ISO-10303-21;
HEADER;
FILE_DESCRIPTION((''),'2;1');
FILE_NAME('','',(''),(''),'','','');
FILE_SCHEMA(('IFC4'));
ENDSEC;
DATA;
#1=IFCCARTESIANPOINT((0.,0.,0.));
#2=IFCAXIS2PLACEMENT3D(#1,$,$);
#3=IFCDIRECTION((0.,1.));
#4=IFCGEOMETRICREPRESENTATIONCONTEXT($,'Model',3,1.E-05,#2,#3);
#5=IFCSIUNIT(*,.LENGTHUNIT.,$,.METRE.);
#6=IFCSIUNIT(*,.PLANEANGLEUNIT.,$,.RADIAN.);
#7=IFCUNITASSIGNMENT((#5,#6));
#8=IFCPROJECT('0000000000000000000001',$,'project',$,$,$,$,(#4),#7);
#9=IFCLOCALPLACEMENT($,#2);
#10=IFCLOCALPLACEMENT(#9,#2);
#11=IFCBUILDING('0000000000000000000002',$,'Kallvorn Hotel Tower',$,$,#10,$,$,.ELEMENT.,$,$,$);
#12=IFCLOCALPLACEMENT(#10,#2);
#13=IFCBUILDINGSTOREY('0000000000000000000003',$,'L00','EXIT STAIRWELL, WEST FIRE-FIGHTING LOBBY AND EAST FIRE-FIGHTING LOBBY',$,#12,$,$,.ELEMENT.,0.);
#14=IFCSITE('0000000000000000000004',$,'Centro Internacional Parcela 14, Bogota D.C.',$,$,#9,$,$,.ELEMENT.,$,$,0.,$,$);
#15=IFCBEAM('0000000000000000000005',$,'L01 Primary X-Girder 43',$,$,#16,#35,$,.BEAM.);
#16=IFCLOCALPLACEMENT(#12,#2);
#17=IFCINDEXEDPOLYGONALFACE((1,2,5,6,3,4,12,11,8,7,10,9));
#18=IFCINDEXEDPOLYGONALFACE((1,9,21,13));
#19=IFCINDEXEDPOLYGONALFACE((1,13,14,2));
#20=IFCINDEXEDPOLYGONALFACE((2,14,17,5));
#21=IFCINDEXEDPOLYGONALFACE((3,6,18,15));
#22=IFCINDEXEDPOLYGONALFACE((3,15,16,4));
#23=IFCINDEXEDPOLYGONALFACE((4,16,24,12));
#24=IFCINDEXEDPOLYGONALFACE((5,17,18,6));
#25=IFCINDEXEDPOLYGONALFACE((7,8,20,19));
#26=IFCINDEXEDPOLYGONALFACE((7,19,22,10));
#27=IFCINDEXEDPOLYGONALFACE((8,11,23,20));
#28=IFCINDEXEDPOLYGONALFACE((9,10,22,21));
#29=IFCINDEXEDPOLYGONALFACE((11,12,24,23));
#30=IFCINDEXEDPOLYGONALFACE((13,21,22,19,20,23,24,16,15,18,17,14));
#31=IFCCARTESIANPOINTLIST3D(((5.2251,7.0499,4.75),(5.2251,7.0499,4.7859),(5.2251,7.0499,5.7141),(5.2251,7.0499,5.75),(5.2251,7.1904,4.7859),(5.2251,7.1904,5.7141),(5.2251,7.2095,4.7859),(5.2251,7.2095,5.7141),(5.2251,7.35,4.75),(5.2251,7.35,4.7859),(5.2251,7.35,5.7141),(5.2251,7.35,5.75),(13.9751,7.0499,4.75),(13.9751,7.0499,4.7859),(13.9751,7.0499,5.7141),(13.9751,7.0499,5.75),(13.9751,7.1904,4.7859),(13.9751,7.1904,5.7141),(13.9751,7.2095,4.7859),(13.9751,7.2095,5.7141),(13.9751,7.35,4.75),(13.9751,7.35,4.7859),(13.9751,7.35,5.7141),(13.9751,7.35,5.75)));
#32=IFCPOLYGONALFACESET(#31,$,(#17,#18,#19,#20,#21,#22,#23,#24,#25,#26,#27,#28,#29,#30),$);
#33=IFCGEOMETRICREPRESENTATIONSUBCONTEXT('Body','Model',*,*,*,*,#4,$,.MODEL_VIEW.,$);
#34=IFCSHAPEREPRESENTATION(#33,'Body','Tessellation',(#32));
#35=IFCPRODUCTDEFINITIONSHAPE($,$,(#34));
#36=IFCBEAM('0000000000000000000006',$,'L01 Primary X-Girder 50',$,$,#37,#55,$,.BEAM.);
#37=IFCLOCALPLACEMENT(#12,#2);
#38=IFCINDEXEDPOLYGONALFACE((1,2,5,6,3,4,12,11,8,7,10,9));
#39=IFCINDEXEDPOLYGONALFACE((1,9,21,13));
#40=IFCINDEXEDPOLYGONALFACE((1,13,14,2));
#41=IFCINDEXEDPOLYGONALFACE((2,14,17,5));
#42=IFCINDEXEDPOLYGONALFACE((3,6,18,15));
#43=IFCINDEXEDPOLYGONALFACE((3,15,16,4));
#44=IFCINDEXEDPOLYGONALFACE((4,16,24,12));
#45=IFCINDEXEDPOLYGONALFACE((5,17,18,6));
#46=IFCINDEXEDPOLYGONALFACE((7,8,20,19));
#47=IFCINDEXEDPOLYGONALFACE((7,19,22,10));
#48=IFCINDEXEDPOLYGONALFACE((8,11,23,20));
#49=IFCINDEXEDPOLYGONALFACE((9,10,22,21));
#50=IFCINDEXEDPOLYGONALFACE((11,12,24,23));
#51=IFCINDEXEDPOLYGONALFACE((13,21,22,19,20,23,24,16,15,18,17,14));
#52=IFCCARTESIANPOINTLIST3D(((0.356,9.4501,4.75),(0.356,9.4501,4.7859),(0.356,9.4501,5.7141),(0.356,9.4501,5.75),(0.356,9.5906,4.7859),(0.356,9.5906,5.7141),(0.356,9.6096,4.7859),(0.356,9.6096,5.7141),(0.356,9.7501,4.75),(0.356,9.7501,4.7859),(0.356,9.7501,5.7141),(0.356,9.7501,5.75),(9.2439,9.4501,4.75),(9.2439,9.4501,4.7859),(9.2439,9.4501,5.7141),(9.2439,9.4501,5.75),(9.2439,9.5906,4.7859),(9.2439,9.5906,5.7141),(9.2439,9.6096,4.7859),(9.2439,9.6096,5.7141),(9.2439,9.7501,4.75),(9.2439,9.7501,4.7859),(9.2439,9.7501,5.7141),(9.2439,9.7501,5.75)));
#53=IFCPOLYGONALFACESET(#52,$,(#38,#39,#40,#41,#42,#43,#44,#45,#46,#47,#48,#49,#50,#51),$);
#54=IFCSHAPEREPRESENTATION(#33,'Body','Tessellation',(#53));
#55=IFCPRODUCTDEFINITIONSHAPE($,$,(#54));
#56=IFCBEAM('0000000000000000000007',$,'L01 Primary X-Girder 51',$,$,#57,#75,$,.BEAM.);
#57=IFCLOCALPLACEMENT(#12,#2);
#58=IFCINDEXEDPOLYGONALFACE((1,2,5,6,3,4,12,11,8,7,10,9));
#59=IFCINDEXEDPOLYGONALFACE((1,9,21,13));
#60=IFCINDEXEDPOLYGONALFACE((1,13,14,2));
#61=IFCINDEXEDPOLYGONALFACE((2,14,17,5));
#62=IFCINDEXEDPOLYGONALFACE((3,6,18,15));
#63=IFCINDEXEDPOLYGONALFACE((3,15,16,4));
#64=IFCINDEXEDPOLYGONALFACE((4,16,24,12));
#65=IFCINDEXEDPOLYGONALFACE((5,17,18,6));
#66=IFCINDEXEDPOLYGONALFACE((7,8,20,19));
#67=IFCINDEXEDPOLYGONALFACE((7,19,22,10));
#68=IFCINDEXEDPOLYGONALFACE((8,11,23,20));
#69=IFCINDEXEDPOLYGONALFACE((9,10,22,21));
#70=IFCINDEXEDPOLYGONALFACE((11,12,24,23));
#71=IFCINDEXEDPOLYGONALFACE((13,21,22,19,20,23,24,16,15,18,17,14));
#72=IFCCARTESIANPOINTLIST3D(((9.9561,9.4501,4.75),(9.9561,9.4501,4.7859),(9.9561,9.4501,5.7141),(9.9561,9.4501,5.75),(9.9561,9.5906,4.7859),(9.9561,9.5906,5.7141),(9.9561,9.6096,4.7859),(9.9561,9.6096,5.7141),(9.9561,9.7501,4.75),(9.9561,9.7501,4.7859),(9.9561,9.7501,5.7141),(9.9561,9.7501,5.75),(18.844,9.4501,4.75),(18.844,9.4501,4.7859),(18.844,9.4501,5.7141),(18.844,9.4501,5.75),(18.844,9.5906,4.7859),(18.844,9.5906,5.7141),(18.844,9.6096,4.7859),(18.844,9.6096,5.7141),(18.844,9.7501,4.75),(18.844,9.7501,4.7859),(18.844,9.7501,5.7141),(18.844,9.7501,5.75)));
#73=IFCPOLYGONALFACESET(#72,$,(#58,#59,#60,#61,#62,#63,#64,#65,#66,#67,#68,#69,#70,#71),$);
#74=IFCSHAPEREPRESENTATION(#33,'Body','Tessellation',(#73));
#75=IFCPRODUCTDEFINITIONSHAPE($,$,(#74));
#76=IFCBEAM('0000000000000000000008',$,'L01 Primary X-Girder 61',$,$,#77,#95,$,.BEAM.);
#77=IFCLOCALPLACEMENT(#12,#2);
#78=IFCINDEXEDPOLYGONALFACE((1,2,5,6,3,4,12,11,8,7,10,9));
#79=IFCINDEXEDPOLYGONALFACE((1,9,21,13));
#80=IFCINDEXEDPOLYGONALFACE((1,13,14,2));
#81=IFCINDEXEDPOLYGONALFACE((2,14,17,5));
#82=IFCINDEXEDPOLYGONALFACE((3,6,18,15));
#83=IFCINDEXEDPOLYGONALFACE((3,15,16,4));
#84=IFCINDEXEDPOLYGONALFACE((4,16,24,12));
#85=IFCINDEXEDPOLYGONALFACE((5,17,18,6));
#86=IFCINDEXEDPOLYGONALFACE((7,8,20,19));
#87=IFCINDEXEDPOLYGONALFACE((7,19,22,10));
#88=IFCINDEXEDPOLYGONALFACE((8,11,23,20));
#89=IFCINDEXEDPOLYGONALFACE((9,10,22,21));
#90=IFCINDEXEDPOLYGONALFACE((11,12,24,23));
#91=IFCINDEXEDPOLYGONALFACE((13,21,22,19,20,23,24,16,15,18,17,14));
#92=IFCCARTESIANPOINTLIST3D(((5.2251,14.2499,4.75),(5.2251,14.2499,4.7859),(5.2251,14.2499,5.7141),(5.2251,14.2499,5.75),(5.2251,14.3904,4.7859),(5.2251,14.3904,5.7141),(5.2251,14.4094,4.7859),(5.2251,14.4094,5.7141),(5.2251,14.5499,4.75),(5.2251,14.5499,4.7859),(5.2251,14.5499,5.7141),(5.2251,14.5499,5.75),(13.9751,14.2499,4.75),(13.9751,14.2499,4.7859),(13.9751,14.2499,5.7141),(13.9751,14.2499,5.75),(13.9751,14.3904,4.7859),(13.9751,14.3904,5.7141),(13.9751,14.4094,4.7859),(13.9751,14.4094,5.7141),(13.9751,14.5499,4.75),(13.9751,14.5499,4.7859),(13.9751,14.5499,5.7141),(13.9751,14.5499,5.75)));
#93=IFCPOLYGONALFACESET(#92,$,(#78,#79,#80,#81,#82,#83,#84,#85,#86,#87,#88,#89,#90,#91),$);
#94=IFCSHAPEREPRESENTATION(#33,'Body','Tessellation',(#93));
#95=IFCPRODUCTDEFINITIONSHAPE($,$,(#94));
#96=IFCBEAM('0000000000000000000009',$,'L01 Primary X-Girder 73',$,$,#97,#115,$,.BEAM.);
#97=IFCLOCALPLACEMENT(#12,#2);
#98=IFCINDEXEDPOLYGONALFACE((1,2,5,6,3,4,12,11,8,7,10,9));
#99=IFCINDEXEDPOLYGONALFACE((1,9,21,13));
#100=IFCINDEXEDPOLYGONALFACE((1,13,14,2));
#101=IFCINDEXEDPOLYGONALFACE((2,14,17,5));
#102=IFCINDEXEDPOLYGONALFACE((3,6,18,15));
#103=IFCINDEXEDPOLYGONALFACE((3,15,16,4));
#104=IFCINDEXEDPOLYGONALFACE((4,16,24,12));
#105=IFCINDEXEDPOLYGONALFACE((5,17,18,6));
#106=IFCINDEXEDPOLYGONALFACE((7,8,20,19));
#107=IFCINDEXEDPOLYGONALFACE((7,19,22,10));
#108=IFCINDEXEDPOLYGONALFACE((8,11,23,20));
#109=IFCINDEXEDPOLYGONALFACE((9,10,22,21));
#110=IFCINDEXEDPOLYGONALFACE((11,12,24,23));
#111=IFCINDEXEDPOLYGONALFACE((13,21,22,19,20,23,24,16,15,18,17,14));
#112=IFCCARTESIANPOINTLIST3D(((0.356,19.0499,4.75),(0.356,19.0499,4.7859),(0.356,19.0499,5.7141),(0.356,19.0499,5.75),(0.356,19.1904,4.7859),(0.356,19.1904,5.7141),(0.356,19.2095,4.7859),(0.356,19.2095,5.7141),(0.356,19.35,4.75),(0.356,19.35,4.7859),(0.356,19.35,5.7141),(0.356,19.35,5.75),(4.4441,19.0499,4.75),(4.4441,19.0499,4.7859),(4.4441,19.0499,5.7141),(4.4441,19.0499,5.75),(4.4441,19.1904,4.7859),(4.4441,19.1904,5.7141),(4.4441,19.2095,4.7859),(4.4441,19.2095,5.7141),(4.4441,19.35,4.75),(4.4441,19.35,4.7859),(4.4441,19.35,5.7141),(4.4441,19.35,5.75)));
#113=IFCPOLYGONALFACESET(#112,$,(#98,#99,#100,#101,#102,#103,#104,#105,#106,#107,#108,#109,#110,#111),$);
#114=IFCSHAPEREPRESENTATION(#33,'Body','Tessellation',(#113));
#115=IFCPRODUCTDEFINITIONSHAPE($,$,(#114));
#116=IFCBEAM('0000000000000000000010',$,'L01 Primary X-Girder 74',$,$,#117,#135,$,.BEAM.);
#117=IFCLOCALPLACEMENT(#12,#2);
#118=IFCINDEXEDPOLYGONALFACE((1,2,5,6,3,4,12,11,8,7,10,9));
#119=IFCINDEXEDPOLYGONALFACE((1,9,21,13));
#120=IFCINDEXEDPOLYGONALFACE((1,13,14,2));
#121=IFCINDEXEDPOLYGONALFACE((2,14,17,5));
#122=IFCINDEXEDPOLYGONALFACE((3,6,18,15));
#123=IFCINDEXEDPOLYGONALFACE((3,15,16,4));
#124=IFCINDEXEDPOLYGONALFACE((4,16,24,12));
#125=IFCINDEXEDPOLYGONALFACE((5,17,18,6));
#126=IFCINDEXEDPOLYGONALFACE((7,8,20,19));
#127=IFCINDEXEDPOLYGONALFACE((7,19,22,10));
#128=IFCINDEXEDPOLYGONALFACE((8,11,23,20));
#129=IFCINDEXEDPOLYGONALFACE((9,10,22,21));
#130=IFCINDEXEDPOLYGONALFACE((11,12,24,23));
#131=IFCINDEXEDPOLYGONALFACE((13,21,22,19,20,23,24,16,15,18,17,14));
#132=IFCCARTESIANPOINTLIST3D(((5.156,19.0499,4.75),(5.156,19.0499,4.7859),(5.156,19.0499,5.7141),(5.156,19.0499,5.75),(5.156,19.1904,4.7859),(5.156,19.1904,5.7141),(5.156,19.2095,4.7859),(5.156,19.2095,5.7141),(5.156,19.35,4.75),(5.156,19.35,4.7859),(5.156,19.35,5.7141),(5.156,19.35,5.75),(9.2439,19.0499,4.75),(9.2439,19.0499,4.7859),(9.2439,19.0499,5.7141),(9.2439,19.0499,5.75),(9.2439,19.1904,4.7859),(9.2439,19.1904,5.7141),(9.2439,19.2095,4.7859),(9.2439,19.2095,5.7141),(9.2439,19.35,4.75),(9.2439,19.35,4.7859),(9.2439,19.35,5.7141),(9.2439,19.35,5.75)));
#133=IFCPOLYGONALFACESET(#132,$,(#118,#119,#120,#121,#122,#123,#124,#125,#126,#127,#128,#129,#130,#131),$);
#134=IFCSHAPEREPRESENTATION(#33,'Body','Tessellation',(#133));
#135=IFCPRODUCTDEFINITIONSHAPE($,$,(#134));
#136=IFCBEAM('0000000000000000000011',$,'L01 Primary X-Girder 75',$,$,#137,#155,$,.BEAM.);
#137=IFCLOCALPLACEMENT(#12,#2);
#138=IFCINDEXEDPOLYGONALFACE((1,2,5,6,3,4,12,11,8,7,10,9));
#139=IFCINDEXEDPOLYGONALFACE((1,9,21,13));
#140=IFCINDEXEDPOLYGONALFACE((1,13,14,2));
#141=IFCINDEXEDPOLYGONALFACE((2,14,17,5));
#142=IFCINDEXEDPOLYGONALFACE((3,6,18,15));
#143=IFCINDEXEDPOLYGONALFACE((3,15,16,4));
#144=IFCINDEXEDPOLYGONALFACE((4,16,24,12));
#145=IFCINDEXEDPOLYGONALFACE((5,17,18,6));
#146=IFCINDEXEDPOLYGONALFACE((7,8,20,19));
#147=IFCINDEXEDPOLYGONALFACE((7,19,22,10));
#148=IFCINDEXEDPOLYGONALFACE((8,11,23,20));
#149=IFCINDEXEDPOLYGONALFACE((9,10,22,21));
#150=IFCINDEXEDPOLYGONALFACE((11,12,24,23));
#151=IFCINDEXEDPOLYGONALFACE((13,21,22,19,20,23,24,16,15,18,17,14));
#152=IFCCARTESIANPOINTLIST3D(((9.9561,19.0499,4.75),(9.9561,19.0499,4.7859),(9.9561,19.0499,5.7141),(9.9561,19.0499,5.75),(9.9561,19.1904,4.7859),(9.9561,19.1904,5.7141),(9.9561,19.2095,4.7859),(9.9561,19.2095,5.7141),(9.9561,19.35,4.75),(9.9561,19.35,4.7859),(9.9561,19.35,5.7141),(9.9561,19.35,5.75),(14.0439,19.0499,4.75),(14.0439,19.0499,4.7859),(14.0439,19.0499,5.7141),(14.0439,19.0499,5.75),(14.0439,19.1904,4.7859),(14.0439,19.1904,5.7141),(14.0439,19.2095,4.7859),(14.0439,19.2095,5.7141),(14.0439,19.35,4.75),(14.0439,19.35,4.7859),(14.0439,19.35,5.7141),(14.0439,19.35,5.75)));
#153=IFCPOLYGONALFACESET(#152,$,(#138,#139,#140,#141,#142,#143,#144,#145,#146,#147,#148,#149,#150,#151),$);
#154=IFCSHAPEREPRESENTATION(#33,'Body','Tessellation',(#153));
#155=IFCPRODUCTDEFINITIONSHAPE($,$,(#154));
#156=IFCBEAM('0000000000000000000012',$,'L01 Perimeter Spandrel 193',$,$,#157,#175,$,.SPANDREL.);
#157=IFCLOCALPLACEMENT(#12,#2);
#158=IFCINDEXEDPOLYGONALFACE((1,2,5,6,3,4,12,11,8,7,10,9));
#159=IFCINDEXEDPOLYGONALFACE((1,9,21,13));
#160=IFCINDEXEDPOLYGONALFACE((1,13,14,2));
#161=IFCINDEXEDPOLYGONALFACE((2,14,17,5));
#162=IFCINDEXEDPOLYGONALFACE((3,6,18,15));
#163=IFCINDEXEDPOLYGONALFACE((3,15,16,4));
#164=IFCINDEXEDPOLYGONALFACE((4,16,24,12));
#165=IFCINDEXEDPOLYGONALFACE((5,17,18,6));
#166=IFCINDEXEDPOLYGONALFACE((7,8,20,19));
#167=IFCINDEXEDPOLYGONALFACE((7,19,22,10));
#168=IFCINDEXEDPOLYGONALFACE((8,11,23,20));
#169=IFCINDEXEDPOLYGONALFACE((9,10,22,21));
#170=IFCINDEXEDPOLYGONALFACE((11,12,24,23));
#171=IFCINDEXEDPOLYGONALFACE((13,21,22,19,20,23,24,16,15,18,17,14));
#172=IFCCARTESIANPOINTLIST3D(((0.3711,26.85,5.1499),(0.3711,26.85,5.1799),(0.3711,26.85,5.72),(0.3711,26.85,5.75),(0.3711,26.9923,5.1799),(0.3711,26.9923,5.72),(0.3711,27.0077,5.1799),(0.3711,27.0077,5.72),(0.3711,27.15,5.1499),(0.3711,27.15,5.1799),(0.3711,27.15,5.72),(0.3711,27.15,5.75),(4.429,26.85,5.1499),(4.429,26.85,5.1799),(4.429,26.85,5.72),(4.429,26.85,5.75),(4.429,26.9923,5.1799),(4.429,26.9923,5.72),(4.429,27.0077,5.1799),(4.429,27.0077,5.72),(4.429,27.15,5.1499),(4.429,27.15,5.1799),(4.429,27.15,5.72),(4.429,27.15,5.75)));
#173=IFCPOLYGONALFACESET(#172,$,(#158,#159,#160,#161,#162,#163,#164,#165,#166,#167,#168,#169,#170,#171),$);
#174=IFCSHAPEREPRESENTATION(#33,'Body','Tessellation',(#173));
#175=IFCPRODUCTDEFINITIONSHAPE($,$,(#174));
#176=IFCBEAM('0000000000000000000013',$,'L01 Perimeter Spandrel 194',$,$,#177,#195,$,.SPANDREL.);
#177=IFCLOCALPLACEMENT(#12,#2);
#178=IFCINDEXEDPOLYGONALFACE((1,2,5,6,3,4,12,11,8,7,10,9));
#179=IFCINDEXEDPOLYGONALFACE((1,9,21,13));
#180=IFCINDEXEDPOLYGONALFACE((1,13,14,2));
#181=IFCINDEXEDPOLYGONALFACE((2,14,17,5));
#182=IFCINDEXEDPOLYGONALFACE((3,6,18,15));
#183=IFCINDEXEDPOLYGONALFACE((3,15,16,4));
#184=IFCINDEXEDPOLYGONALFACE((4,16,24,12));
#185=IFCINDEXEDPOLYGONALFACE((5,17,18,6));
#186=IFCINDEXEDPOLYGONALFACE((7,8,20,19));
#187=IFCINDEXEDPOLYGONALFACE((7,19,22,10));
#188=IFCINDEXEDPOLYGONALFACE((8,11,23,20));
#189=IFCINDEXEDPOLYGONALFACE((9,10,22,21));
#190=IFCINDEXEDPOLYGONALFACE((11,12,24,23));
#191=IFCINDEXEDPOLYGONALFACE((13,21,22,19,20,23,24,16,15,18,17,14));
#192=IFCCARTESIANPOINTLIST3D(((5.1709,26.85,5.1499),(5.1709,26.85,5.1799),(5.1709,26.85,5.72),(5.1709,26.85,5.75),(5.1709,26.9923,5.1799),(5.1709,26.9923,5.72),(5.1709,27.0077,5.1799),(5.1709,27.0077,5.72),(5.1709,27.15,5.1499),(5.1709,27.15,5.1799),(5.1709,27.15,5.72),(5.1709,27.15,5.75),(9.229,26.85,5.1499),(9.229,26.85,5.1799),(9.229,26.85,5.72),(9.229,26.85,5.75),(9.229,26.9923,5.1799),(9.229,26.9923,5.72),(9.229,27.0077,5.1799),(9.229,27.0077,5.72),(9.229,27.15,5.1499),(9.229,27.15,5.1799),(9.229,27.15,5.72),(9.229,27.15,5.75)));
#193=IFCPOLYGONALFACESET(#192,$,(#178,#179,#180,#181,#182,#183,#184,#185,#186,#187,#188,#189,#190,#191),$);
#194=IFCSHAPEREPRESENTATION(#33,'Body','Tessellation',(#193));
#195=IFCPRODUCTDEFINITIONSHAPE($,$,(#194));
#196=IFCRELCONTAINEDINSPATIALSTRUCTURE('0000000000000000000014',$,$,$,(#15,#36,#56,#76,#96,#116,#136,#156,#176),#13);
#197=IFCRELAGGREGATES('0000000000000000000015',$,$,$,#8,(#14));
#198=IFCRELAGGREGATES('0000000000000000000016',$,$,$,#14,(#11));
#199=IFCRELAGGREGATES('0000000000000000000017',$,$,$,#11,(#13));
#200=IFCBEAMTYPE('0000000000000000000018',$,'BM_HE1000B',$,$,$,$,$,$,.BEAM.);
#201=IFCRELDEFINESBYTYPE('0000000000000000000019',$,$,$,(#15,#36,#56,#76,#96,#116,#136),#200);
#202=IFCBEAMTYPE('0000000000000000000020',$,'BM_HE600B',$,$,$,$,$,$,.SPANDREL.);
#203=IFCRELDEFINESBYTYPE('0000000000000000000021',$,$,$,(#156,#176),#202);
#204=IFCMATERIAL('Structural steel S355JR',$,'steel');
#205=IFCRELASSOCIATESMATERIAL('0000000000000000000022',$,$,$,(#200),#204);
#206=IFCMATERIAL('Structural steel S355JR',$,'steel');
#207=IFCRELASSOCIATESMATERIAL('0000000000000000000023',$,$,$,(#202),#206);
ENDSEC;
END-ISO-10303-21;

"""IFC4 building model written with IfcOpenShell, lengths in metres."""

from ifc_helpers import new_model, si_unit, direction, frame, origin, origin_2d, place, context, subcontext, project, spatial, i_section, extrude, material, material_profile, profile_set, type_object, element, save


model = new_model("IFC4")

# Units and contexts
model_context = context("Model", 3, precision=1e-05, world=origin(), true_north=direction((0.0, 1.0)))
body_context = subcontext(model_context, "Body", "Model", "MODEL_VIEW")
ifc_project = project(units=[si_unit("LENGTHUNIT", "METRE"), si_unit("PLANEANGLEUNIT", "RADIAN")], contexts=[model_context])

# Site, building, storey
site_placement = place(None, origin())
site = spatial("IfcSite", under=ifc_project, at=site_placement, Name="Centro Internacional Parcela 14, Bogota D.C.", CompositionType="ELEMENT", RefElevation=0.0)
building_placement = place(site_placement, origin())
building = spatial("IfcBuilding", under=site, at=building_placement, Name="Kallvorn Hotel Tower", CompositionType="ELEMENT")
storey_placement = place(building_placement, origin())
storey = spatial("IfcBuildingStorey", under=building, at=storey_placement, Name="L00", Description="EXIT STAIRWELL, WEST FIRE-FIGHTING LOBBY AND EAST FIRE-FIGHTING LOBBY", CompositionType="ELEMENT", Elevation=0.0)

# Beams
ifc_material_1 = material(Name="Structural steel S355JR", Category="steel")
ifc_material_profile_1 = material_profile(ifc_material_1, i_section(OverallWidth=0.3, OverallDepth=1.0, WebThickness=0.019, FlangeThickness=0.0359, at=origin_2d()), Name="HE 1000 B")
ifc_profile_set_1 = profile_set([ifc_material_profile_1], Name="Structural steel S355JR")
beam_type_1 = type_object("IfcBeamType", Name="BM_HE1000B", PredefinedType="BEAM", material=ifc_profile_set_1)
beam_1_placement = place(storey_placement, frame((5.2251, 7.2, 5.25), z_axis=(1.0, 0.0, 0.0), x_axis=(0.0, 1.0, 0.0)))
element("IfcBeam", 1, at=beam_1_placement, inside=storey, type_object=beam_type_1, Name="L01 Primary X-Girder 43", PredefinedType="BEAM", context=body_context, shape_type="SweptSolid", body=[
    extrude(i_section(OverallWidth=0.3, OverallDepth=1.0, WebThickness=0.019, FlangeThickness=0.0359, at=origin_2d()), origin(), (0.0, 0.0, 1.0), 8.75),
])
for number, where, z_axis, x_axis, name in (
    (2, (0.356, 9.6001, 5.25), (1.0, 0.0, 0.0), (0.0, 1.0, 0.0), "L01 Primary X-Girder 50"),
    (3, (9.9561, 9.6001, 5.25), (1.0, 0.0, 0.0), (0.0, 1.0, 0.0), "L01 Primary X-Girder 51"),
):
    element("IfcBeam", number, at=place(storey_placement, frame(where, z_axis=z_axis, x_axis=x_axis)), inside=storey, type_object=beam_type_1, Name=name, PredefinedType="BEAM", context=body_context, shape_type="SweptSolid", body=[
        extrude(i_section(OverallWidth=0.3, OverallDepth=1.0, WebThickness=0.019, FlangeThickness=0.0359, at=origin_2d()), origin(), (0.0, 0.0, 1.0), 8.8879),
    ])
beam_2_placement = place(storey_placement, frame((5.2251, 14.3999, 5.25), z_axis=(1.0, 0.0, 0.0), x_axis=(0.0, 1.0, 0.0)))
element("IfcBeam", 4, at=beam_2_placement, inside=storey, type_object=beam_type_1, Name="L01 Primary X-Girder 61", PredefinedType="BEAM", context=body_context, shape_type="SweptSolid", body=[
    extrude(i_section(OverallWidth=0.3, OverallDepth=1.0, WebThickness=0.019, FlangeThickness=0.0359, at=origin_2d()), origin(), (0.0, 0.0, 1.0), 8.75),
])
beam_3_placement = place(storey_placement, frame((0.356, 19.2, 5.25), z_axis=(1.0, 0.0, 0.0), x_axis=(0.0, 1.0, 0.0)))
element("IfcBeam", 5, at=beam_3_placement, inside=storey, type_object=beam_type_1, Name="L01 Primary X-Girder 73", PredefinedType="BEAM", context=body_context, shape_type="SweptSolid", body=[
    extrude(i_section(OverallWidth=0.3, OverallDepth=1.0, WebThickness=0.019, FlangeThickness=0.0359, at=origin_2d()), origin(), (0.0, 0.0, 1.0), 4.0881),
])
for number, where, z_axis, x_axis, name in (
    (6, (5.156, 19.2, 5.25), (1.0, 0.0, 0.0), (0.0, 1.0, 0.0), "L01 Primary X-Girder 74"),
    (7, (9.9561, 19.2, 5.25), (1.0, 0.0, 0.0), (0.0, 1.0, 0.0), "L01 Primary X-Girder 75"),
):
    element("IfcBeam", number, at=place(storey_placement, frame(where, z_axis=z_axis, x_axis=x_axis)), inside=storey, type_object=beam_type_1, Name=name, PredefinedType="BEAM", context=body_context, shape_type="SweptSolid", body=[
        extrude(i_section(OverallWidth=0.3, OverallDepth=1.0, WebThickness=0.019, FlangeThickness=0.0359, at=origin_2d()), origin(), (0.0, 0.0, 1.0), 4.0879),
    ])
ifc_material_2 = material(Name="Structural steel S355JR", Category="steel")
ifc_material_profile_2 = material_profile(ifc_material_2, i_section(OverallWidth=0.3, OverallDepth=0.6001, WebThickness=0.0154, FlangeThickness=0.03, at=origin_2d()), Name="HE 600 B")
ifc_profile_set_2 = profile_set([ifc_material_profile_2], Name="Structural steel S355JR")
beam_type_2 = type_object("IfcBeamType", Name="BM_HE600B", PredefinedType="SPANDREL", material=ifc_profile_set_2)
beam_4_placement = place(storey_placement, frame((0.3711, 27.0, 5.45), z_axis=(1.0, 0.0, 0.0), x_axis=(0.0, 1.0, 0.0)))
element("IfcBeam", 8, at=beam_4_placement, inside=storey, type_object=beam_type_2, Name="L01 Perimeter Spandrel 193", PredefinedType="SPANDREL", context=body_context, shape_type="SweptSolid", body=[
    extrude(i_section(OverallWidth=0.3, OverallDepth=0.6001, WebThickness=0.0154, FlangeThickness=0.03, at=origin_2d()), origin(), (0.0, 0.0, 1.0), 4.0579),
])
for number, where, z_axis, x_axis, name in (
    (9, (5.1709, 27.0, 5.45), (1.0, 0.0, 0.0), (0.0, 1.0, 0.0), "L01 Perimeter Spandrel 194"),
):
    element("IfcBeam", number, at=place(storey_placement, frame(where, z_axis=z_axis, x_axis=x_axis)), inside=storey, type_object=beam_type_2, Name=name, PredefinedType="SPANDREL", context=body_context, shape_type="SweptSolid", body=[
        extrude(i_section(OverallWidth=0.3, OverallDepth=0.6001, WebThickness=0.0154, FlangeThickness=0.03, at=origin_2d()), origin(), (0.0, 0.0, 1.0), 4.0581),
    ])

save(model, "model.ifc")
